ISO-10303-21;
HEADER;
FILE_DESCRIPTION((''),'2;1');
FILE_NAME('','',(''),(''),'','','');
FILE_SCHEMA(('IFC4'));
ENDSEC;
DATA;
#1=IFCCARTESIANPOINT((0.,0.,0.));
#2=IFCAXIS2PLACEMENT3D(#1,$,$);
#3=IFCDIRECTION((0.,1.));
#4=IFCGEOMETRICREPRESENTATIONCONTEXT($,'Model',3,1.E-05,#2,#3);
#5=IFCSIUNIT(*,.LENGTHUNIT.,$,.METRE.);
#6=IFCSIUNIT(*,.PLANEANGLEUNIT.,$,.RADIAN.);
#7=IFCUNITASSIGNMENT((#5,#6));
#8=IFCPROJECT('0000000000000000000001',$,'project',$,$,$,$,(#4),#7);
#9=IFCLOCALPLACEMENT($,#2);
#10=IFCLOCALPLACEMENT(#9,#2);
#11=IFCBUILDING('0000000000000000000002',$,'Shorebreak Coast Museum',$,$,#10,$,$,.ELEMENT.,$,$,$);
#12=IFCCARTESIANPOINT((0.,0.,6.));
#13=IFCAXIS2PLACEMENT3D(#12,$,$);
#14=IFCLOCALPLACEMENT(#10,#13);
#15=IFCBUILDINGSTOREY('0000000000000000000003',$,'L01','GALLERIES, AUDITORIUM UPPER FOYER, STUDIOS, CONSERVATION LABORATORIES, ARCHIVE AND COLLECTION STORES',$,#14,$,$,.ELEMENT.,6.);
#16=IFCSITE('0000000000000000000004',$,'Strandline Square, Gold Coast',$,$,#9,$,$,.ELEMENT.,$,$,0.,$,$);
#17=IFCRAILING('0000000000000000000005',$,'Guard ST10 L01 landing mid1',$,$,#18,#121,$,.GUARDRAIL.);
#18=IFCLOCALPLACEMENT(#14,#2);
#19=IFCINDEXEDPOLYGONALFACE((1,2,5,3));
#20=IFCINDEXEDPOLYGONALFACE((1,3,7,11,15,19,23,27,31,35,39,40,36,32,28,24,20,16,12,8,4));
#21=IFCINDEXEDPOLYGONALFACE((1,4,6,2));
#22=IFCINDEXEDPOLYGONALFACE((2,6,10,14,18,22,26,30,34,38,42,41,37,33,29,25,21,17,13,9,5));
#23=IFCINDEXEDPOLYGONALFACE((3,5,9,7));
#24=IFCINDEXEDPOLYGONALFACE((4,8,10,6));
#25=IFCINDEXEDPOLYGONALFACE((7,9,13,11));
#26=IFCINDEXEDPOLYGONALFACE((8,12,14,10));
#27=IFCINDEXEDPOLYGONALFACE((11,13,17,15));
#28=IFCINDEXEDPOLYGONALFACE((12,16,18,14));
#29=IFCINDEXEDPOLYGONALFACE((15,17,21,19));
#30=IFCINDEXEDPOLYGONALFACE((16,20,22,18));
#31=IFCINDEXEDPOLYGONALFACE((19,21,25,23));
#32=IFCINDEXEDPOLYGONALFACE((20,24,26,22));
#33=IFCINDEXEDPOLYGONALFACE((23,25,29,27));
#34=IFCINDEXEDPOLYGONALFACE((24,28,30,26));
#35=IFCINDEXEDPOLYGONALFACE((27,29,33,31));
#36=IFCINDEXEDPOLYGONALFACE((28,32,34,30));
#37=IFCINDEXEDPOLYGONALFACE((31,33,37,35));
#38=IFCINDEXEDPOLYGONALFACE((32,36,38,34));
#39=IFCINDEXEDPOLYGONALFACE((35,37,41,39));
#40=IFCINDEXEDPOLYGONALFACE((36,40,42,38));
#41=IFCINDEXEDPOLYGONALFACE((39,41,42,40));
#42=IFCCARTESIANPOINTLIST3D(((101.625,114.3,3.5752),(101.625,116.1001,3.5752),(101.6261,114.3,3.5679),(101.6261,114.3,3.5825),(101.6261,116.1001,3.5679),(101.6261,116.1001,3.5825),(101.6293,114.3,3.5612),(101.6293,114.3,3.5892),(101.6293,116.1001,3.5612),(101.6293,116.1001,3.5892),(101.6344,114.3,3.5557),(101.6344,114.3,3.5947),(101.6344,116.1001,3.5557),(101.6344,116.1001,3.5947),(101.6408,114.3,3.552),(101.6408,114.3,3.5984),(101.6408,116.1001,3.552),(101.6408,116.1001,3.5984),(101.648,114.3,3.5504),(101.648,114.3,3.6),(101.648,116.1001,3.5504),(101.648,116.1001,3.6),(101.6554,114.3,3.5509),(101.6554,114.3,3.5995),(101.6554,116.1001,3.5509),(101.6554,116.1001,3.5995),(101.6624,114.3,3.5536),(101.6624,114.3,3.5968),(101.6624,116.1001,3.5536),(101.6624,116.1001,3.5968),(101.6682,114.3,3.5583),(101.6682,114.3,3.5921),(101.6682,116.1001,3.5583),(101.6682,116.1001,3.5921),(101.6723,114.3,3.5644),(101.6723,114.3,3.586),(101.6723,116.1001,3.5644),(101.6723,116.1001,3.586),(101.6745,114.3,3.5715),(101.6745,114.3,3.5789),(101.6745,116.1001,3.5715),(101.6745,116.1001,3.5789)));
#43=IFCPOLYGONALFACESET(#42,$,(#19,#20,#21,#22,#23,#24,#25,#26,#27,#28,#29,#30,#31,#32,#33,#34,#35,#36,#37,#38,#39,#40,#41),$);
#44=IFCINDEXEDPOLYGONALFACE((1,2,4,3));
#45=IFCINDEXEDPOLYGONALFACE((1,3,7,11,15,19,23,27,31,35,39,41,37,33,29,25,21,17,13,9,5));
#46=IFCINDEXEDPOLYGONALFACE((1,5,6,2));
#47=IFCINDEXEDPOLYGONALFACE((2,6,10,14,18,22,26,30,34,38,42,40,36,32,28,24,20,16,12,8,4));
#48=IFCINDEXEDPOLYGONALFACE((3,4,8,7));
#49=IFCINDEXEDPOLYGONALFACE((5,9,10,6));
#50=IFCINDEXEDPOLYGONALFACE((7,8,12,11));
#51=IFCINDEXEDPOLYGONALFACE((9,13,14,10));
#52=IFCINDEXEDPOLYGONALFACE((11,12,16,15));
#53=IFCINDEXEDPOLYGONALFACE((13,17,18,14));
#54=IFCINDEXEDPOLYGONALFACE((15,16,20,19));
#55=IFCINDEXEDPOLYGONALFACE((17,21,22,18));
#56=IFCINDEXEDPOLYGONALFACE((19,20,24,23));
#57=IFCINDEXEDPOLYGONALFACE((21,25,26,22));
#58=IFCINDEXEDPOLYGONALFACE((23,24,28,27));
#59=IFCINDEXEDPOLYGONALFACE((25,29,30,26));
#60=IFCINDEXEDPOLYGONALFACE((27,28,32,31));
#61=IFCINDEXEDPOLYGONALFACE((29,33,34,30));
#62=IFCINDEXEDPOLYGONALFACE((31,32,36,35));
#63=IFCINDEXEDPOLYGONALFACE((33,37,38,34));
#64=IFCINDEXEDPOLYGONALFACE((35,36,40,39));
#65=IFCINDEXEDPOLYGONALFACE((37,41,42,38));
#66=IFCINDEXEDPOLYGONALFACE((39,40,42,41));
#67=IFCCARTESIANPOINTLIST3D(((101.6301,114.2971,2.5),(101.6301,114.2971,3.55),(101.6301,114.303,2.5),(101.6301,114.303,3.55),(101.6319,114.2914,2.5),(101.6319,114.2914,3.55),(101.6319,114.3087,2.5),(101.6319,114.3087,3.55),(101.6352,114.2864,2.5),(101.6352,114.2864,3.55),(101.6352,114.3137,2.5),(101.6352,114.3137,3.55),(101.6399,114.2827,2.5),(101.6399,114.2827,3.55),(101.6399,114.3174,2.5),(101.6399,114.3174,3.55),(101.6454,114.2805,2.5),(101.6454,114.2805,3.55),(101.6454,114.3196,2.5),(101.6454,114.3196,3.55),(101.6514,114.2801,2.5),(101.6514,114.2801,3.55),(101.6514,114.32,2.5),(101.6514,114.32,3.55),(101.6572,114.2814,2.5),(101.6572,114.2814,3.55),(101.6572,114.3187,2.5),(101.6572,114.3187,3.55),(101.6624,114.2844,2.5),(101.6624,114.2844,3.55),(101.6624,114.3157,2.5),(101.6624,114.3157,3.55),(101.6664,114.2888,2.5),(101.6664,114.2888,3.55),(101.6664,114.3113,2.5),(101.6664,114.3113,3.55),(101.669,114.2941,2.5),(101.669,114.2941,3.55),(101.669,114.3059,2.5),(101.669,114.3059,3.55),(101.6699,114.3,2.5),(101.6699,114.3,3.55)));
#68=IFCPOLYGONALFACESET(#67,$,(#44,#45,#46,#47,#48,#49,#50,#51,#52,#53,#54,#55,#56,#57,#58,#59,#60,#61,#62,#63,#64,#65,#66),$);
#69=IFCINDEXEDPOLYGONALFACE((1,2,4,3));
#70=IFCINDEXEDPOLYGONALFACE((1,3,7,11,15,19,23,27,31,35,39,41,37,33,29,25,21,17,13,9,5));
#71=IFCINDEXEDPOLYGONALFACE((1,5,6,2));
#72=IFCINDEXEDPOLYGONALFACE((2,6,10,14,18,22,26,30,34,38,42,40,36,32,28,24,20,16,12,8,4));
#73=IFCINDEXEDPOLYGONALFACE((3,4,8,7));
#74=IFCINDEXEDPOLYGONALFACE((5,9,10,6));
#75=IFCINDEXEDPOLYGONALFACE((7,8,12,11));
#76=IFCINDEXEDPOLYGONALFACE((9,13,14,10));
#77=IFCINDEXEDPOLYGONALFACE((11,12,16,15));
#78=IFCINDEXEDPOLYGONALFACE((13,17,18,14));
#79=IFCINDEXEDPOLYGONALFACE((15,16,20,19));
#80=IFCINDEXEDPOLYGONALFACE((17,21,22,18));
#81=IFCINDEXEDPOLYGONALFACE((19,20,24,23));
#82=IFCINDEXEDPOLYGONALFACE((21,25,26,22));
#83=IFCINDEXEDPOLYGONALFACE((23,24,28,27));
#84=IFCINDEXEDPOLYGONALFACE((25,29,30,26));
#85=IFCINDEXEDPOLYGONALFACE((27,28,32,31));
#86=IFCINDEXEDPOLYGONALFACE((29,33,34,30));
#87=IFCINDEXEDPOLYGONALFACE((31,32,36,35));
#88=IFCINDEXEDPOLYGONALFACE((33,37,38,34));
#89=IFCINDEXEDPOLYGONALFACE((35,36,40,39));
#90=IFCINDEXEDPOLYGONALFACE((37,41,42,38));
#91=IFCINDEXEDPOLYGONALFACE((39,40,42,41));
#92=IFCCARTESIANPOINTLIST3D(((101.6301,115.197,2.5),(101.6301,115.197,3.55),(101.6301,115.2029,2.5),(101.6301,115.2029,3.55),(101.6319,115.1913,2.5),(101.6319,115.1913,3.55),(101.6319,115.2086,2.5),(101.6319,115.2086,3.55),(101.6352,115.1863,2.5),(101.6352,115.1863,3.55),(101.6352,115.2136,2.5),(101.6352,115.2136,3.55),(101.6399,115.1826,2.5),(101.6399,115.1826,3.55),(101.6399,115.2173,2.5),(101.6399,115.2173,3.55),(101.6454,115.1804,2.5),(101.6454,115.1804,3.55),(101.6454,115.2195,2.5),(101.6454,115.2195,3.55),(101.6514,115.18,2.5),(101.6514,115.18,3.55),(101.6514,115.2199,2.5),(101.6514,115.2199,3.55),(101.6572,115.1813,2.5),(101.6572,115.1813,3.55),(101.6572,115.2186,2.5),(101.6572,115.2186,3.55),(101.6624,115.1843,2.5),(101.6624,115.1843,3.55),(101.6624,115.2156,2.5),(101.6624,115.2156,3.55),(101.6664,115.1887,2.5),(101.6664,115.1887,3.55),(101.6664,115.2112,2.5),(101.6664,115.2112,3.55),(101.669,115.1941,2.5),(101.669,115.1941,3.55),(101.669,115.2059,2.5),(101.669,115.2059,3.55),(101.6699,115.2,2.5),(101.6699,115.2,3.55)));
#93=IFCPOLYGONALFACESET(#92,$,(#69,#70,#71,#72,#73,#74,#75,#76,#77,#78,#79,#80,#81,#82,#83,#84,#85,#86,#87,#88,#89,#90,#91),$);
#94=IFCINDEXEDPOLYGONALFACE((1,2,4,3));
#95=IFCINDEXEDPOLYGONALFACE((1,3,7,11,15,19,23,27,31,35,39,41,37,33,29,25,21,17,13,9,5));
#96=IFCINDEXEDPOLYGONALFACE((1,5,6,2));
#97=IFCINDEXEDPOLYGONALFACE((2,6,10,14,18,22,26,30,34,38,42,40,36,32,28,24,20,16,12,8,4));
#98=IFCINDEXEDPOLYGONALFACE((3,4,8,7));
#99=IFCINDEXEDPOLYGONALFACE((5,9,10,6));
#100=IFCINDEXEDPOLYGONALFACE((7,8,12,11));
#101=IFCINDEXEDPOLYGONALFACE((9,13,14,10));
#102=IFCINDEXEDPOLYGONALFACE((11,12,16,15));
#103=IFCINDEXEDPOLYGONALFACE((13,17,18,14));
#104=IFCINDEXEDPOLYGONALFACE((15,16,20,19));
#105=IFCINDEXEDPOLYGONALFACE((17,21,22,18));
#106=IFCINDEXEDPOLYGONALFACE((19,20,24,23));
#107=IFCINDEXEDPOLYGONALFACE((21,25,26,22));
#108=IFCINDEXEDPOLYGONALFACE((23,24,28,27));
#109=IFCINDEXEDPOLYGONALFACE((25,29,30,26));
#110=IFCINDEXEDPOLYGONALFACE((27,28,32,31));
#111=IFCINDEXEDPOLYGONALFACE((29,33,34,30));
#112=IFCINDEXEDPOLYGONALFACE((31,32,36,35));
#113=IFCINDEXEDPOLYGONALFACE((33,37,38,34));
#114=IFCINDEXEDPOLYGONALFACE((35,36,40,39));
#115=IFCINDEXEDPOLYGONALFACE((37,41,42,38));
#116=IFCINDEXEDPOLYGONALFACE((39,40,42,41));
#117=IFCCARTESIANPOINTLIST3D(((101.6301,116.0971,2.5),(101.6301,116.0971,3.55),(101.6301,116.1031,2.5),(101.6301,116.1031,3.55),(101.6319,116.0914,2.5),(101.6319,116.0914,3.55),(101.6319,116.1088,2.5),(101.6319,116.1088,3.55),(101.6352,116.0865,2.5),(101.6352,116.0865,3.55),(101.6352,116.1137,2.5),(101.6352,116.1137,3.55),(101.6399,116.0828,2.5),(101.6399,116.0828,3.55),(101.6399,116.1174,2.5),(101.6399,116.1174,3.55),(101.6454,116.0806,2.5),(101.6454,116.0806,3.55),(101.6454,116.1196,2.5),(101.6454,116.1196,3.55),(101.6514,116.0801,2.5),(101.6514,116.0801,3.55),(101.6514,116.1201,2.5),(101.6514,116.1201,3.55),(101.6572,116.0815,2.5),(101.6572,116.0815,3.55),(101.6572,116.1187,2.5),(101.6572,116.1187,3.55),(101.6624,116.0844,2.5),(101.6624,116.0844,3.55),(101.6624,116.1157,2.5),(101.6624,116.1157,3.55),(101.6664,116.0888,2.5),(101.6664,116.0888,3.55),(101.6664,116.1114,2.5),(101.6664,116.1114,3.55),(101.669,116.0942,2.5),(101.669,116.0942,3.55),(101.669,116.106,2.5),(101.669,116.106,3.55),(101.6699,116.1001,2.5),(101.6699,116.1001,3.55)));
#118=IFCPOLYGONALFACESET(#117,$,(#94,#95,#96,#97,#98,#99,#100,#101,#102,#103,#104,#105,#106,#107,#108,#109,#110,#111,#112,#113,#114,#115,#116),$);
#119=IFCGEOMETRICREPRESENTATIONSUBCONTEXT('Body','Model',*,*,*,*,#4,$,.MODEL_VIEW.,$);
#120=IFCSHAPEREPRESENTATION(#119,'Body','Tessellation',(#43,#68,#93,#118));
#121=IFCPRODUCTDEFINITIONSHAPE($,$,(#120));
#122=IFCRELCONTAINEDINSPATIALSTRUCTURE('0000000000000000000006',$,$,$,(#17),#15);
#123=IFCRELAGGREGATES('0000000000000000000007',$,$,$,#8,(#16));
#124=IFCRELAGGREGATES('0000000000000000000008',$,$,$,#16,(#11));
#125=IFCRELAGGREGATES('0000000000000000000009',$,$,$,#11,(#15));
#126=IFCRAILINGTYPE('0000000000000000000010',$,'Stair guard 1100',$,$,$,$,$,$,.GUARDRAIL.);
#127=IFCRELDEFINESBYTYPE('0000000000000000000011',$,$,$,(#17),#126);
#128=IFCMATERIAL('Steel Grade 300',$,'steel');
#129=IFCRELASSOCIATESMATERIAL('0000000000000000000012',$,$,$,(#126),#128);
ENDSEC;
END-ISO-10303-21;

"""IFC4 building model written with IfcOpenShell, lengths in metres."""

from ifc_helpers import new_model, si_unit, direction, frame, origin, origin_2d, place, context, subcontext, project, spatial, circle, extrude, material, type_object, element, save


model = new_model("IFC4")

# Units and contexts
model_context = context("Model", 3, precision=1e-05, world=origin(), true_north=direction((0.0, 1.0)))
body_context = subcontext(model_context, "Body", "Model", "MODEL_VIEW")
ifc_project = project(units=[si_unit("LENGTHUNIT", "METRE"), si_unit("PLANEANGLEUNIT", "RADIAN")], contexts=[model_context])

# Site, building, storey
site_placement = place(None, origin())
site = spatial("IfcSite", under=ifc_project, at=site_placement, Name="Strandline Square, Gold Coast", CompositionType="ELEMENT", RefElevation=0.0)
building_placement = place(site_placement, origin())
building = spatial("IfcBuilding", under=site, at=building_placement, Name="Shorebreak Coast Museum", CompositionType="ELEMENT")
storey_placement = place(building_placement, frame((0.0, 0.0, 6.0)))
storey = spatial("IfcBuildingStorey", under=building, at=storey_placement, Name="L01", Description="GALLERIES, AUDITORIUM UPPER FOYER, STUDIOS, CONSERVATION LABORATORIES, ARCHIVE AND COLLECTION STORES", CompositionType="ELEMENT", Elevation=6.0)

# Railing
ifc_material_1 = material(Name="Steel Grade 300", Category="steel")
railing_type_1 = type_object("IfcRailingType", Name="Stair guard 1100", PredefinedType="GUARDRAIL", material=ifc_material_1)
for number, where, name in (
    (1, (101.6499, 114.3, 2.5), "Guard ST10 L01 landing mid1"),
):
    element("IfcRailing", number, at=place(storey_placement, frame(where)), inside=storey, type_object=railing_type_1, Name=name, PredefinedType="GUARDRAIL", context=body_context, shape_type="SweptSolid", body=[
        extrude(circle(Radius=0.0249, at=origin_2d()), frame((0.0, 0.0, 1.0752), z_axis=(0.0, 1.0, 0.0), x_axis=(-1.0, 0.0, 0.0)), (0.0, 0.0, 1.0), 1.8),
        extrude(circle(Radius=0.02, at=origin_2d()), origin(), (0.0, 0.0, 1.0), 1.05),
        extrude(circle(Radius=0.02, at=origin_2d()), frame((0.0, 0.8999, 0.0)), (0.0, 0.0, 1.0), 1.05),
        extrude(circle(Radius=0.02, at=origin_2d()), frame((0.0, 1.8, 0.0)), (0.0, 0.0, 1.0), 1.05),
    ])

save(model, "model.ifc")
